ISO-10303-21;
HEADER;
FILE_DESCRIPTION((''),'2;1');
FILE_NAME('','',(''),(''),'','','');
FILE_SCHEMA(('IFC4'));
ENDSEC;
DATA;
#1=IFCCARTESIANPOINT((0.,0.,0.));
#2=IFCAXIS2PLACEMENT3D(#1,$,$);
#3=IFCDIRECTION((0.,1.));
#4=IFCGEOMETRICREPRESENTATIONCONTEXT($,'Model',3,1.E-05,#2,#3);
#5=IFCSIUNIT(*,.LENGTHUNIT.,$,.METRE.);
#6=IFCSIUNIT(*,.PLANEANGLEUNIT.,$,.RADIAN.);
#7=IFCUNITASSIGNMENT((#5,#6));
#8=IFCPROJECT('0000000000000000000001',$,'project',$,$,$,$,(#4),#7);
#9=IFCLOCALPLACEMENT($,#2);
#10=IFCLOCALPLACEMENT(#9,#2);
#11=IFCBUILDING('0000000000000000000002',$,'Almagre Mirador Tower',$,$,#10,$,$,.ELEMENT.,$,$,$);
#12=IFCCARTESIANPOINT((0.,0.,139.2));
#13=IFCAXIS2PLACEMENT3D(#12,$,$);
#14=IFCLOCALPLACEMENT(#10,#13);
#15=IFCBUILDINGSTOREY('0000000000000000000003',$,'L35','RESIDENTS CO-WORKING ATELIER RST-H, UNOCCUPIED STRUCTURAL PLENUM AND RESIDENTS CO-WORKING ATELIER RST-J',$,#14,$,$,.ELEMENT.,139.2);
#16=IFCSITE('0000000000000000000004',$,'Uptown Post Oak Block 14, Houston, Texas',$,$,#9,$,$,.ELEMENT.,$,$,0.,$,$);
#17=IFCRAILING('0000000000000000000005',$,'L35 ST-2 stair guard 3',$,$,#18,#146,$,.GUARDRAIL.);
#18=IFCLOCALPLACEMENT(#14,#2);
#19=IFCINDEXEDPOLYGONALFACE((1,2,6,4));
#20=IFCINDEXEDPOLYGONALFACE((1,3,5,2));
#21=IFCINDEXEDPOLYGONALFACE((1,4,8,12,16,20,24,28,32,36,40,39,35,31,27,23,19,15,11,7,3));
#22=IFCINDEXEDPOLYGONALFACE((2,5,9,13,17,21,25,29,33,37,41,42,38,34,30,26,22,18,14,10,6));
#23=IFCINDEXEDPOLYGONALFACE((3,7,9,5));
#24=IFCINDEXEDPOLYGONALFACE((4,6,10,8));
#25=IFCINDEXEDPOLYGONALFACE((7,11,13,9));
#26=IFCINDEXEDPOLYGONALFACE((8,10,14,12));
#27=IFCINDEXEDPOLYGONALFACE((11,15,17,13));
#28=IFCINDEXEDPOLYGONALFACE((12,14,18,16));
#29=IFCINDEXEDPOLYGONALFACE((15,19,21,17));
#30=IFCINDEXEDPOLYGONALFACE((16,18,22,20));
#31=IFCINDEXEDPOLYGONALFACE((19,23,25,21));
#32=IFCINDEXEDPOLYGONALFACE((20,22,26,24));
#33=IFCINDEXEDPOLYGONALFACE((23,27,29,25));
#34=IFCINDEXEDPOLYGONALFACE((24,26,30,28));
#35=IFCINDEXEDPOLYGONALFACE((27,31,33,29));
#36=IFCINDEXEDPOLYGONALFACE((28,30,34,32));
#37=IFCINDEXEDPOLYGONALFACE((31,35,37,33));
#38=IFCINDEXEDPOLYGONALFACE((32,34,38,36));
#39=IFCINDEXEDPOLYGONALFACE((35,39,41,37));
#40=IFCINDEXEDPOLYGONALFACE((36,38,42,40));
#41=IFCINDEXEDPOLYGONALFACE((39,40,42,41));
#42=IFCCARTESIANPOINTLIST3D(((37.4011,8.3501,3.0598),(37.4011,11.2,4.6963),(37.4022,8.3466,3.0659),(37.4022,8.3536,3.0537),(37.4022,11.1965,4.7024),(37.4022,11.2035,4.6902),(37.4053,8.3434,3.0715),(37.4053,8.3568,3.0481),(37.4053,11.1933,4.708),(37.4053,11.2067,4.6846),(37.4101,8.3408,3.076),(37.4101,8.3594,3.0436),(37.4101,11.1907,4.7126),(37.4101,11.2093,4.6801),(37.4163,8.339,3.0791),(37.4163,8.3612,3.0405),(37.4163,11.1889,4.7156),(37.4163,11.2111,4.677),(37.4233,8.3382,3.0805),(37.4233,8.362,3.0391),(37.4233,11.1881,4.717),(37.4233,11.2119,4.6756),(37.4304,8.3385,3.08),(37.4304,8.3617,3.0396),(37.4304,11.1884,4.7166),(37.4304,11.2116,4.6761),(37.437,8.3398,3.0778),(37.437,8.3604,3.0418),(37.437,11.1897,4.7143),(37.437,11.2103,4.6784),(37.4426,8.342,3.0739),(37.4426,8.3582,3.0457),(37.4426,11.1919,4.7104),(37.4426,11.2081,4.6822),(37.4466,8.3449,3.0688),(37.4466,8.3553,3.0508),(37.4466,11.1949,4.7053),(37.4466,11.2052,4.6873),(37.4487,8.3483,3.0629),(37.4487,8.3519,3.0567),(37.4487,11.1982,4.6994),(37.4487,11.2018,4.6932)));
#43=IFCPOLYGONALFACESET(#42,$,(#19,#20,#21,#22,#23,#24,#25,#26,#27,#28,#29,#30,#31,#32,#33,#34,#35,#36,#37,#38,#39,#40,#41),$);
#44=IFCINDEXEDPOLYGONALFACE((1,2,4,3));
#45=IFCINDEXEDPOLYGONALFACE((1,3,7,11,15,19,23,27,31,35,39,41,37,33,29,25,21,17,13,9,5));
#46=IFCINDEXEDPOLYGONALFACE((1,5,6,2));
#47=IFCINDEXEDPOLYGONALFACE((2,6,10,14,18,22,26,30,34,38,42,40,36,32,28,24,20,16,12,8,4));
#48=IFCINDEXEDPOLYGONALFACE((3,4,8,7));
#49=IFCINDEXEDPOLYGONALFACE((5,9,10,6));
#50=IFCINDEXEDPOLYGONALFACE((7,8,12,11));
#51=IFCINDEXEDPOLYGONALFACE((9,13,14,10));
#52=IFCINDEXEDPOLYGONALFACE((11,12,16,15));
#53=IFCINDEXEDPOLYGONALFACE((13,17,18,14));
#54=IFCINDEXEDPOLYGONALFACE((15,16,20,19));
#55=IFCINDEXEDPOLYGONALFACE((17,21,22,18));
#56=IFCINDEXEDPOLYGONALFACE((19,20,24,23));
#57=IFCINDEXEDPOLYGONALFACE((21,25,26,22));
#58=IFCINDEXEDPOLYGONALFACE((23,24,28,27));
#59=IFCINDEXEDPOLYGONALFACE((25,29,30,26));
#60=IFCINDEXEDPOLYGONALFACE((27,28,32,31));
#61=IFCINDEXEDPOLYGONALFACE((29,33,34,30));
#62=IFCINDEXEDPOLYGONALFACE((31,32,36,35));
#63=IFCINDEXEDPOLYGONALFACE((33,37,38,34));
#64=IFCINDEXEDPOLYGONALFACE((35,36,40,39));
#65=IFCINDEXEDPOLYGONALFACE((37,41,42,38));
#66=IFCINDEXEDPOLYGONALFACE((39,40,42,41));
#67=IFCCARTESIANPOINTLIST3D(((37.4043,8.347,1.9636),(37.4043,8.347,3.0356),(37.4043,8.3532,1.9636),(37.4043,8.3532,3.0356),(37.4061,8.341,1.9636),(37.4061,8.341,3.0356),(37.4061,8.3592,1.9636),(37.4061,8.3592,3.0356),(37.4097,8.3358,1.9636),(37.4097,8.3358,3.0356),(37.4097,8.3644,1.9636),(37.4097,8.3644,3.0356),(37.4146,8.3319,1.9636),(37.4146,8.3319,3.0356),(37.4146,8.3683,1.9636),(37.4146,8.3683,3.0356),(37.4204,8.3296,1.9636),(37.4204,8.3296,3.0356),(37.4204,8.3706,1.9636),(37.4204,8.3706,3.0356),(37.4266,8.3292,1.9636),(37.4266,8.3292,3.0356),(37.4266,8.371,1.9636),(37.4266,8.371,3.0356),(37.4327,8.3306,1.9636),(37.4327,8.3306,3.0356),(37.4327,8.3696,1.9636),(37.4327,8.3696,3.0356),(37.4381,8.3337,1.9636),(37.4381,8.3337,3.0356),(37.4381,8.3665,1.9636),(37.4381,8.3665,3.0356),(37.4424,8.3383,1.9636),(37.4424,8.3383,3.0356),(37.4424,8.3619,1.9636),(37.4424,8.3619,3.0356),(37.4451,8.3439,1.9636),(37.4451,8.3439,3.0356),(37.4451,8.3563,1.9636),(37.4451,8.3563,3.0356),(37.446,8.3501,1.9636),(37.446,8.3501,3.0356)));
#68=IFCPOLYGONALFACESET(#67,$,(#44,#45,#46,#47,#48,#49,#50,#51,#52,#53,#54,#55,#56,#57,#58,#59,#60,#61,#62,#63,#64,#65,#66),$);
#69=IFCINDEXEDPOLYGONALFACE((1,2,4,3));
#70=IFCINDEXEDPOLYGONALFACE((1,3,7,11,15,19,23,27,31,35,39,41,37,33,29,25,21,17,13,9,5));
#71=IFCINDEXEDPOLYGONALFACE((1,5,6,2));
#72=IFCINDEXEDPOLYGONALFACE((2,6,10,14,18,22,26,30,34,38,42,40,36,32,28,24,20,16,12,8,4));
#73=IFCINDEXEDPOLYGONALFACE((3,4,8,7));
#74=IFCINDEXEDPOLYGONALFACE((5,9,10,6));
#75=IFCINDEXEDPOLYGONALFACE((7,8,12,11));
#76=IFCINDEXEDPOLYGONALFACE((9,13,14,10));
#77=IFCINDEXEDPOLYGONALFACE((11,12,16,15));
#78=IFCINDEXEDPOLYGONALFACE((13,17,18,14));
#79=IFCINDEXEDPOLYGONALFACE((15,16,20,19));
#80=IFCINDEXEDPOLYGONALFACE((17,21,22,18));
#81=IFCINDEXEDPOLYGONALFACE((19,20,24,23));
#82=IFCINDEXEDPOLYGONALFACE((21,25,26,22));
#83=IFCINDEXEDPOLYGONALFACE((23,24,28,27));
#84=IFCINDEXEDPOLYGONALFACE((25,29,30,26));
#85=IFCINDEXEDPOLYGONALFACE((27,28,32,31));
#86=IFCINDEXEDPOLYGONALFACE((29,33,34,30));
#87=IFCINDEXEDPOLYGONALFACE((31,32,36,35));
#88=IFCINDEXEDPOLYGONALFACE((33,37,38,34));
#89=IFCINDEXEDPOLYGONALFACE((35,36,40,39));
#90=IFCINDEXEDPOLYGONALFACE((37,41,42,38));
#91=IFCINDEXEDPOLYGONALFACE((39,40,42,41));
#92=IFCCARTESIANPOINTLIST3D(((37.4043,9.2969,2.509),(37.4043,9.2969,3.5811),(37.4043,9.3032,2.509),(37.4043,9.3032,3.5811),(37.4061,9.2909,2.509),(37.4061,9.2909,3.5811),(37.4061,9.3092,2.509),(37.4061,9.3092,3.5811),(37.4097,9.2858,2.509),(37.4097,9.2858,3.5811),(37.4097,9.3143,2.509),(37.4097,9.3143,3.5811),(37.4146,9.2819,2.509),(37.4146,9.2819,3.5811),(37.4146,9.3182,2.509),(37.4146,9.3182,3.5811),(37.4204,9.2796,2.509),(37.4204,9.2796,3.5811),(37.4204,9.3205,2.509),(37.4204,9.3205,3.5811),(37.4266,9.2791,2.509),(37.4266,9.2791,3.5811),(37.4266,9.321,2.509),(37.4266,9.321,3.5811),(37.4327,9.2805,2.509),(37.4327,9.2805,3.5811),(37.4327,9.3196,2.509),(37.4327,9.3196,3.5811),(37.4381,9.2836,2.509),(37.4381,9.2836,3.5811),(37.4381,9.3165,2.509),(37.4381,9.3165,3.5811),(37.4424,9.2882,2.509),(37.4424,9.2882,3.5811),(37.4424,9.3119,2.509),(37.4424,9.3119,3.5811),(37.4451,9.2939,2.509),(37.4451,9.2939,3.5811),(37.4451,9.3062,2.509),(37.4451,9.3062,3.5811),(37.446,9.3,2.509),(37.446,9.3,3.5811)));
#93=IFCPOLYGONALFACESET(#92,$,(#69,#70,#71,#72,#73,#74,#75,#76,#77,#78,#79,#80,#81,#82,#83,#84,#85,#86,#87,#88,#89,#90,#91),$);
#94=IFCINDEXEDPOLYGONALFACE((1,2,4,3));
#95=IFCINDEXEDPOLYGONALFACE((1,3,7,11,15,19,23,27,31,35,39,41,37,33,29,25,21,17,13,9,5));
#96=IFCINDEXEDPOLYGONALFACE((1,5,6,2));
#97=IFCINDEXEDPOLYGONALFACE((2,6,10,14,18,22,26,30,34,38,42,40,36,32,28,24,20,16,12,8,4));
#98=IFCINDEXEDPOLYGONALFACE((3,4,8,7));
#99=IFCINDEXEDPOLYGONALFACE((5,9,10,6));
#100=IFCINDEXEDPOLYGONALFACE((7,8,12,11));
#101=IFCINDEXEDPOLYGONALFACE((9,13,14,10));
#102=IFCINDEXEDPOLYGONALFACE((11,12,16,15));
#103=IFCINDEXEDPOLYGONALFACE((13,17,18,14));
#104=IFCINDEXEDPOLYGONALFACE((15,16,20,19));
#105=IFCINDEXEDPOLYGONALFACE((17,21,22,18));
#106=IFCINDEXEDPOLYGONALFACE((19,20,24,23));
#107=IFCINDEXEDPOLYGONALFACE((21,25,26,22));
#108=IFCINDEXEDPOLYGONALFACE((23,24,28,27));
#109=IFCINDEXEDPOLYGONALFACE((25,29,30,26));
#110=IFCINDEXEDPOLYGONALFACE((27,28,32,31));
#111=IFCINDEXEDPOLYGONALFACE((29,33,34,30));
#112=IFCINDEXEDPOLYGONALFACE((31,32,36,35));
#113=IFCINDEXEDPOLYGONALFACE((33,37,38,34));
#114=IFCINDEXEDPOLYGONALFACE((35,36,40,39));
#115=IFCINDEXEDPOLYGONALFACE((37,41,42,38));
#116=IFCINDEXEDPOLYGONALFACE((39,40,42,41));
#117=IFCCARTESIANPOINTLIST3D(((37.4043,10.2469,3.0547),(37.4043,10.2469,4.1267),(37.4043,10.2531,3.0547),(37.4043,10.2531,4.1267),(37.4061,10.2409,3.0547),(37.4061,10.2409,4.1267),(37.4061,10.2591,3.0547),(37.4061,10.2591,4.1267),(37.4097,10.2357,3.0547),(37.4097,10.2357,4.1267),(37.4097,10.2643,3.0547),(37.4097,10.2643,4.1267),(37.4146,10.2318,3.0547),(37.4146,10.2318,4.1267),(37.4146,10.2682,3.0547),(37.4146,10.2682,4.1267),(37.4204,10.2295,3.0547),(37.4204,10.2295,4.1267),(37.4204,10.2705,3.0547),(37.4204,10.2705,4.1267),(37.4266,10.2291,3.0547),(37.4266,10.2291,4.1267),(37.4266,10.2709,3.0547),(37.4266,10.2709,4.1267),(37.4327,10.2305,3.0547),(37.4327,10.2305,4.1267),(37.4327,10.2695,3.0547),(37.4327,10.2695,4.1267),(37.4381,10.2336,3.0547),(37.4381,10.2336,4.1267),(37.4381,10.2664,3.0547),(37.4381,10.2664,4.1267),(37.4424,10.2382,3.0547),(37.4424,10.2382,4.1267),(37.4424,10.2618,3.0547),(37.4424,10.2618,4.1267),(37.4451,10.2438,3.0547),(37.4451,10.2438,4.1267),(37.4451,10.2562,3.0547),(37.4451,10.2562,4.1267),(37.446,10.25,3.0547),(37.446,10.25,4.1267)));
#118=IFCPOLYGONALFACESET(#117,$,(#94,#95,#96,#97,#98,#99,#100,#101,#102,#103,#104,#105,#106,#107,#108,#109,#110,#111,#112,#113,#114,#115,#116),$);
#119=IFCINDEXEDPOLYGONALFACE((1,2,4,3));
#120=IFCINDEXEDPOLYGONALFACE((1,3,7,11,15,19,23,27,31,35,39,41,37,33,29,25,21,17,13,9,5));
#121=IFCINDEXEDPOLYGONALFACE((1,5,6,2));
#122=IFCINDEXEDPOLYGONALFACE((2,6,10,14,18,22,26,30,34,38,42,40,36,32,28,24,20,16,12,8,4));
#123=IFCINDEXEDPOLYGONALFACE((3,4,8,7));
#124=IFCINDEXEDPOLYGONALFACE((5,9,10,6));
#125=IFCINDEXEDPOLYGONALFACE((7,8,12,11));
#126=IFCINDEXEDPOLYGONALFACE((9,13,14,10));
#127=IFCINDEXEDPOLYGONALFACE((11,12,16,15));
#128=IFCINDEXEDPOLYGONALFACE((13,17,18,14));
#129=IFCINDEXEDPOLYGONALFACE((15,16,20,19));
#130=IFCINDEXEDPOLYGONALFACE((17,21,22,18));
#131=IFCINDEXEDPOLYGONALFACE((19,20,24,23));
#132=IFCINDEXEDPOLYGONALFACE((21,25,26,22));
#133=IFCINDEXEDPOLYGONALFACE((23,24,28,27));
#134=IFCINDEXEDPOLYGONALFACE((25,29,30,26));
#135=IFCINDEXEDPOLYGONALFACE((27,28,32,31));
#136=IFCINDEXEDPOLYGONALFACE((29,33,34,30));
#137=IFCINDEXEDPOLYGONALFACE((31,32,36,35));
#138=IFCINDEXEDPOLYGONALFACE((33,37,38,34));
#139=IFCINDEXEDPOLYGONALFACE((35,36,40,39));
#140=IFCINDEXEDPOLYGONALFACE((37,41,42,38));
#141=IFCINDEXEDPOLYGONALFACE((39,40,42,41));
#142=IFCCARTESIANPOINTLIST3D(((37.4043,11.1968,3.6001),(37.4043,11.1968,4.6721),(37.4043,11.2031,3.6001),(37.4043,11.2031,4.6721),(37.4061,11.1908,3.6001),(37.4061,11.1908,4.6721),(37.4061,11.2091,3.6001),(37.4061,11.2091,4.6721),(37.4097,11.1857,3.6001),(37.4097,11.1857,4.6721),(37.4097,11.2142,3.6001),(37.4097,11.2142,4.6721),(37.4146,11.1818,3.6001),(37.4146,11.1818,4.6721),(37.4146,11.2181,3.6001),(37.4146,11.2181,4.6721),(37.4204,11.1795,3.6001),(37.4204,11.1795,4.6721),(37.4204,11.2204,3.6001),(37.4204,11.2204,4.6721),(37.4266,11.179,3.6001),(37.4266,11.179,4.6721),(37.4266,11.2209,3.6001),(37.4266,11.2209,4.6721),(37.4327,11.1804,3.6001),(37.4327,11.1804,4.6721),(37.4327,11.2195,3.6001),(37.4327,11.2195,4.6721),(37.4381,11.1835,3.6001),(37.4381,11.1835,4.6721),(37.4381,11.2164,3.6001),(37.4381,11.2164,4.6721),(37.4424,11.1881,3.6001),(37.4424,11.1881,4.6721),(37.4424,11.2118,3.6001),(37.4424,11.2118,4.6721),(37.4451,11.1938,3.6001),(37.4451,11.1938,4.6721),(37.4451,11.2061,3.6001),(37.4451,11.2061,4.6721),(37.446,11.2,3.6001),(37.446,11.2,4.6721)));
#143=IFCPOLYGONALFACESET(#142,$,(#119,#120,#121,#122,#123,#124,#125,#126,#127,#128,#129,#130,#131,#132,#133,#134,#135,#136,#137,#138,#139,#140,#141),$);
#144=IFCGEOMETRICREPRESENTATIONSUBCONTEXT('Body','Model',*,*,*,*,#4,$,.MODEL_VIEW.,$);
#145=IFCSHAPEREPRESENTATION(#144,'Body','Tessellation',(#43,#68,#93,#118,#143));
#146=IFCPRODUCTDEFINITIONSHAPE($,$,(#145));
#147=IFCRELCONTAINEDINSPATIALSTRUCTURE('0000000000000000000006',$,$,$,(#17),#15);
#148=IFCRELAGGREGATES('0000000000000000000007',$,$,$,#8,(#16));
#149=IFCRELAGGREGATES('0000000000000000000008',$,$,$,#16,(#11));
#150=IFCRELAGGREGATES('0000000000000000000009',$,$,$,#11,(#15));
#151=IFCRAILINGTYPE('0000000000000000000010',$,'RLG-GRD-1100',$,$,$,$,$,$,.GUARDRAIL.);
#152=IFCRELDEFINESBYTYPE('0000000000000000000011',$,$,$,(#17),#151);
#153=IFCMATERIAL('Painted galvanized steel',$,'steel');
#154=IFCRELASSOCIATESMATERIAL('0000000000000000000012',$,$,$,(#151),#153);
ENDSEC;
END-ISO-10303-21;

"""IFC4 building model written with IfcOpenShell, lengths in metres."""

from ifc_helpers import new_model, si_unit, direction, frame, origin, origin_2d, place, context, subcontext, project, spatial, circle, extrude, material, type_object, element, save


model = new_model("IFC4")

# Units and contexts
model_context = context("Model", 3, precision=1e-05, world=origin(), true_north=direction((0.0, 1.0)))
body_context = subcontext(model_context, "Body", "Model", "MODEL_VIEW")
ifc_project = project(units=[si_unit("LENGTHUNIT", "METRE"), si_unit("PLANEANGLEUNIT", "RADIAN")], contexts=[model_context])

# Site, building, storey
site_placement = place(None, origin())
site = spatial("IfcSite", under=ifc_project, at=site_placement, Name="Uptown Post Oak Block 14, Houston, Texas", CompositionType="ELEMENT", RefElevation=0.0)
building_placement = place(site_placement, origin())
building = spatial("IfcBuilding", under=site, at=building_placement, Name="Almagre Mirador Tower", CompositionType="ELEMENT")
storey_placement = place(building_placement, frame((0.0, 0.0, 139.2)))
storey = spatial("IfcBuildingStorey", under=building, at=storey_placement, Name="L35", Description="RESIDENTS CO-WORKING ATELIER RST-H, UNOCCUPIED STRUCTURAL PLENUM AND RESIDENTS CO-WORKING ATELIER RST-J", CompositionType="ELEMENT", Elevation=139.2)

# Railing
ifc_material_1 = material(Name="Painted galvanized steel", Category="steel")
railing_type_1 = type_object("IfcRailingType", Name="RLG-GRD-1100", PredefinedType="GUARDRAIL", material=ifc_material_1)
railing_1_placement = place(storey_placement, frame((37.425, 8.3501, 1.9636)))
element("IfcRailing", 1, at=railing_1_placement, inside=storey, type_object=railing_type_1, Name="L35 ST-2 stair guard 3", PredefinedType="GUARDRAIL", context=body_context, shape_type="SweptSolid", body=[
    extrude(circle(Radius=0.0239, at=origin_2d()), frame((0.0, 0.0, 1.0962), z_axis=(0.0, 0.867194, 0.49797), x_axis=(-1.0, 0.0, 0.0)), (0.0, 0.0, 1.0), 3.2864),
    extrude(circle(Radius=0.021, at=origin_2d()), origin(), (0.0, 0.0, 1.0), 1.072),
    extrude(circle(Radius=0.021, at=origin_2d()), frame((0.0, 0.95, 0.5454)), (0.0, 0.0, 1.0), 1.072),
    extrude(circle(Radius=0.021, at=origin_2d()), frame((0.0, 1.8999, 1.0911)), (0.0, 0.0, 1.0), 1.072),
    extrude(circle(Radius=0.021, at=origin_2d()), frame((0.0, 2.8499, 1.6365)), (0.0, 0.0, 1.0), 1.072),
])

save(model, "model.ifc")
